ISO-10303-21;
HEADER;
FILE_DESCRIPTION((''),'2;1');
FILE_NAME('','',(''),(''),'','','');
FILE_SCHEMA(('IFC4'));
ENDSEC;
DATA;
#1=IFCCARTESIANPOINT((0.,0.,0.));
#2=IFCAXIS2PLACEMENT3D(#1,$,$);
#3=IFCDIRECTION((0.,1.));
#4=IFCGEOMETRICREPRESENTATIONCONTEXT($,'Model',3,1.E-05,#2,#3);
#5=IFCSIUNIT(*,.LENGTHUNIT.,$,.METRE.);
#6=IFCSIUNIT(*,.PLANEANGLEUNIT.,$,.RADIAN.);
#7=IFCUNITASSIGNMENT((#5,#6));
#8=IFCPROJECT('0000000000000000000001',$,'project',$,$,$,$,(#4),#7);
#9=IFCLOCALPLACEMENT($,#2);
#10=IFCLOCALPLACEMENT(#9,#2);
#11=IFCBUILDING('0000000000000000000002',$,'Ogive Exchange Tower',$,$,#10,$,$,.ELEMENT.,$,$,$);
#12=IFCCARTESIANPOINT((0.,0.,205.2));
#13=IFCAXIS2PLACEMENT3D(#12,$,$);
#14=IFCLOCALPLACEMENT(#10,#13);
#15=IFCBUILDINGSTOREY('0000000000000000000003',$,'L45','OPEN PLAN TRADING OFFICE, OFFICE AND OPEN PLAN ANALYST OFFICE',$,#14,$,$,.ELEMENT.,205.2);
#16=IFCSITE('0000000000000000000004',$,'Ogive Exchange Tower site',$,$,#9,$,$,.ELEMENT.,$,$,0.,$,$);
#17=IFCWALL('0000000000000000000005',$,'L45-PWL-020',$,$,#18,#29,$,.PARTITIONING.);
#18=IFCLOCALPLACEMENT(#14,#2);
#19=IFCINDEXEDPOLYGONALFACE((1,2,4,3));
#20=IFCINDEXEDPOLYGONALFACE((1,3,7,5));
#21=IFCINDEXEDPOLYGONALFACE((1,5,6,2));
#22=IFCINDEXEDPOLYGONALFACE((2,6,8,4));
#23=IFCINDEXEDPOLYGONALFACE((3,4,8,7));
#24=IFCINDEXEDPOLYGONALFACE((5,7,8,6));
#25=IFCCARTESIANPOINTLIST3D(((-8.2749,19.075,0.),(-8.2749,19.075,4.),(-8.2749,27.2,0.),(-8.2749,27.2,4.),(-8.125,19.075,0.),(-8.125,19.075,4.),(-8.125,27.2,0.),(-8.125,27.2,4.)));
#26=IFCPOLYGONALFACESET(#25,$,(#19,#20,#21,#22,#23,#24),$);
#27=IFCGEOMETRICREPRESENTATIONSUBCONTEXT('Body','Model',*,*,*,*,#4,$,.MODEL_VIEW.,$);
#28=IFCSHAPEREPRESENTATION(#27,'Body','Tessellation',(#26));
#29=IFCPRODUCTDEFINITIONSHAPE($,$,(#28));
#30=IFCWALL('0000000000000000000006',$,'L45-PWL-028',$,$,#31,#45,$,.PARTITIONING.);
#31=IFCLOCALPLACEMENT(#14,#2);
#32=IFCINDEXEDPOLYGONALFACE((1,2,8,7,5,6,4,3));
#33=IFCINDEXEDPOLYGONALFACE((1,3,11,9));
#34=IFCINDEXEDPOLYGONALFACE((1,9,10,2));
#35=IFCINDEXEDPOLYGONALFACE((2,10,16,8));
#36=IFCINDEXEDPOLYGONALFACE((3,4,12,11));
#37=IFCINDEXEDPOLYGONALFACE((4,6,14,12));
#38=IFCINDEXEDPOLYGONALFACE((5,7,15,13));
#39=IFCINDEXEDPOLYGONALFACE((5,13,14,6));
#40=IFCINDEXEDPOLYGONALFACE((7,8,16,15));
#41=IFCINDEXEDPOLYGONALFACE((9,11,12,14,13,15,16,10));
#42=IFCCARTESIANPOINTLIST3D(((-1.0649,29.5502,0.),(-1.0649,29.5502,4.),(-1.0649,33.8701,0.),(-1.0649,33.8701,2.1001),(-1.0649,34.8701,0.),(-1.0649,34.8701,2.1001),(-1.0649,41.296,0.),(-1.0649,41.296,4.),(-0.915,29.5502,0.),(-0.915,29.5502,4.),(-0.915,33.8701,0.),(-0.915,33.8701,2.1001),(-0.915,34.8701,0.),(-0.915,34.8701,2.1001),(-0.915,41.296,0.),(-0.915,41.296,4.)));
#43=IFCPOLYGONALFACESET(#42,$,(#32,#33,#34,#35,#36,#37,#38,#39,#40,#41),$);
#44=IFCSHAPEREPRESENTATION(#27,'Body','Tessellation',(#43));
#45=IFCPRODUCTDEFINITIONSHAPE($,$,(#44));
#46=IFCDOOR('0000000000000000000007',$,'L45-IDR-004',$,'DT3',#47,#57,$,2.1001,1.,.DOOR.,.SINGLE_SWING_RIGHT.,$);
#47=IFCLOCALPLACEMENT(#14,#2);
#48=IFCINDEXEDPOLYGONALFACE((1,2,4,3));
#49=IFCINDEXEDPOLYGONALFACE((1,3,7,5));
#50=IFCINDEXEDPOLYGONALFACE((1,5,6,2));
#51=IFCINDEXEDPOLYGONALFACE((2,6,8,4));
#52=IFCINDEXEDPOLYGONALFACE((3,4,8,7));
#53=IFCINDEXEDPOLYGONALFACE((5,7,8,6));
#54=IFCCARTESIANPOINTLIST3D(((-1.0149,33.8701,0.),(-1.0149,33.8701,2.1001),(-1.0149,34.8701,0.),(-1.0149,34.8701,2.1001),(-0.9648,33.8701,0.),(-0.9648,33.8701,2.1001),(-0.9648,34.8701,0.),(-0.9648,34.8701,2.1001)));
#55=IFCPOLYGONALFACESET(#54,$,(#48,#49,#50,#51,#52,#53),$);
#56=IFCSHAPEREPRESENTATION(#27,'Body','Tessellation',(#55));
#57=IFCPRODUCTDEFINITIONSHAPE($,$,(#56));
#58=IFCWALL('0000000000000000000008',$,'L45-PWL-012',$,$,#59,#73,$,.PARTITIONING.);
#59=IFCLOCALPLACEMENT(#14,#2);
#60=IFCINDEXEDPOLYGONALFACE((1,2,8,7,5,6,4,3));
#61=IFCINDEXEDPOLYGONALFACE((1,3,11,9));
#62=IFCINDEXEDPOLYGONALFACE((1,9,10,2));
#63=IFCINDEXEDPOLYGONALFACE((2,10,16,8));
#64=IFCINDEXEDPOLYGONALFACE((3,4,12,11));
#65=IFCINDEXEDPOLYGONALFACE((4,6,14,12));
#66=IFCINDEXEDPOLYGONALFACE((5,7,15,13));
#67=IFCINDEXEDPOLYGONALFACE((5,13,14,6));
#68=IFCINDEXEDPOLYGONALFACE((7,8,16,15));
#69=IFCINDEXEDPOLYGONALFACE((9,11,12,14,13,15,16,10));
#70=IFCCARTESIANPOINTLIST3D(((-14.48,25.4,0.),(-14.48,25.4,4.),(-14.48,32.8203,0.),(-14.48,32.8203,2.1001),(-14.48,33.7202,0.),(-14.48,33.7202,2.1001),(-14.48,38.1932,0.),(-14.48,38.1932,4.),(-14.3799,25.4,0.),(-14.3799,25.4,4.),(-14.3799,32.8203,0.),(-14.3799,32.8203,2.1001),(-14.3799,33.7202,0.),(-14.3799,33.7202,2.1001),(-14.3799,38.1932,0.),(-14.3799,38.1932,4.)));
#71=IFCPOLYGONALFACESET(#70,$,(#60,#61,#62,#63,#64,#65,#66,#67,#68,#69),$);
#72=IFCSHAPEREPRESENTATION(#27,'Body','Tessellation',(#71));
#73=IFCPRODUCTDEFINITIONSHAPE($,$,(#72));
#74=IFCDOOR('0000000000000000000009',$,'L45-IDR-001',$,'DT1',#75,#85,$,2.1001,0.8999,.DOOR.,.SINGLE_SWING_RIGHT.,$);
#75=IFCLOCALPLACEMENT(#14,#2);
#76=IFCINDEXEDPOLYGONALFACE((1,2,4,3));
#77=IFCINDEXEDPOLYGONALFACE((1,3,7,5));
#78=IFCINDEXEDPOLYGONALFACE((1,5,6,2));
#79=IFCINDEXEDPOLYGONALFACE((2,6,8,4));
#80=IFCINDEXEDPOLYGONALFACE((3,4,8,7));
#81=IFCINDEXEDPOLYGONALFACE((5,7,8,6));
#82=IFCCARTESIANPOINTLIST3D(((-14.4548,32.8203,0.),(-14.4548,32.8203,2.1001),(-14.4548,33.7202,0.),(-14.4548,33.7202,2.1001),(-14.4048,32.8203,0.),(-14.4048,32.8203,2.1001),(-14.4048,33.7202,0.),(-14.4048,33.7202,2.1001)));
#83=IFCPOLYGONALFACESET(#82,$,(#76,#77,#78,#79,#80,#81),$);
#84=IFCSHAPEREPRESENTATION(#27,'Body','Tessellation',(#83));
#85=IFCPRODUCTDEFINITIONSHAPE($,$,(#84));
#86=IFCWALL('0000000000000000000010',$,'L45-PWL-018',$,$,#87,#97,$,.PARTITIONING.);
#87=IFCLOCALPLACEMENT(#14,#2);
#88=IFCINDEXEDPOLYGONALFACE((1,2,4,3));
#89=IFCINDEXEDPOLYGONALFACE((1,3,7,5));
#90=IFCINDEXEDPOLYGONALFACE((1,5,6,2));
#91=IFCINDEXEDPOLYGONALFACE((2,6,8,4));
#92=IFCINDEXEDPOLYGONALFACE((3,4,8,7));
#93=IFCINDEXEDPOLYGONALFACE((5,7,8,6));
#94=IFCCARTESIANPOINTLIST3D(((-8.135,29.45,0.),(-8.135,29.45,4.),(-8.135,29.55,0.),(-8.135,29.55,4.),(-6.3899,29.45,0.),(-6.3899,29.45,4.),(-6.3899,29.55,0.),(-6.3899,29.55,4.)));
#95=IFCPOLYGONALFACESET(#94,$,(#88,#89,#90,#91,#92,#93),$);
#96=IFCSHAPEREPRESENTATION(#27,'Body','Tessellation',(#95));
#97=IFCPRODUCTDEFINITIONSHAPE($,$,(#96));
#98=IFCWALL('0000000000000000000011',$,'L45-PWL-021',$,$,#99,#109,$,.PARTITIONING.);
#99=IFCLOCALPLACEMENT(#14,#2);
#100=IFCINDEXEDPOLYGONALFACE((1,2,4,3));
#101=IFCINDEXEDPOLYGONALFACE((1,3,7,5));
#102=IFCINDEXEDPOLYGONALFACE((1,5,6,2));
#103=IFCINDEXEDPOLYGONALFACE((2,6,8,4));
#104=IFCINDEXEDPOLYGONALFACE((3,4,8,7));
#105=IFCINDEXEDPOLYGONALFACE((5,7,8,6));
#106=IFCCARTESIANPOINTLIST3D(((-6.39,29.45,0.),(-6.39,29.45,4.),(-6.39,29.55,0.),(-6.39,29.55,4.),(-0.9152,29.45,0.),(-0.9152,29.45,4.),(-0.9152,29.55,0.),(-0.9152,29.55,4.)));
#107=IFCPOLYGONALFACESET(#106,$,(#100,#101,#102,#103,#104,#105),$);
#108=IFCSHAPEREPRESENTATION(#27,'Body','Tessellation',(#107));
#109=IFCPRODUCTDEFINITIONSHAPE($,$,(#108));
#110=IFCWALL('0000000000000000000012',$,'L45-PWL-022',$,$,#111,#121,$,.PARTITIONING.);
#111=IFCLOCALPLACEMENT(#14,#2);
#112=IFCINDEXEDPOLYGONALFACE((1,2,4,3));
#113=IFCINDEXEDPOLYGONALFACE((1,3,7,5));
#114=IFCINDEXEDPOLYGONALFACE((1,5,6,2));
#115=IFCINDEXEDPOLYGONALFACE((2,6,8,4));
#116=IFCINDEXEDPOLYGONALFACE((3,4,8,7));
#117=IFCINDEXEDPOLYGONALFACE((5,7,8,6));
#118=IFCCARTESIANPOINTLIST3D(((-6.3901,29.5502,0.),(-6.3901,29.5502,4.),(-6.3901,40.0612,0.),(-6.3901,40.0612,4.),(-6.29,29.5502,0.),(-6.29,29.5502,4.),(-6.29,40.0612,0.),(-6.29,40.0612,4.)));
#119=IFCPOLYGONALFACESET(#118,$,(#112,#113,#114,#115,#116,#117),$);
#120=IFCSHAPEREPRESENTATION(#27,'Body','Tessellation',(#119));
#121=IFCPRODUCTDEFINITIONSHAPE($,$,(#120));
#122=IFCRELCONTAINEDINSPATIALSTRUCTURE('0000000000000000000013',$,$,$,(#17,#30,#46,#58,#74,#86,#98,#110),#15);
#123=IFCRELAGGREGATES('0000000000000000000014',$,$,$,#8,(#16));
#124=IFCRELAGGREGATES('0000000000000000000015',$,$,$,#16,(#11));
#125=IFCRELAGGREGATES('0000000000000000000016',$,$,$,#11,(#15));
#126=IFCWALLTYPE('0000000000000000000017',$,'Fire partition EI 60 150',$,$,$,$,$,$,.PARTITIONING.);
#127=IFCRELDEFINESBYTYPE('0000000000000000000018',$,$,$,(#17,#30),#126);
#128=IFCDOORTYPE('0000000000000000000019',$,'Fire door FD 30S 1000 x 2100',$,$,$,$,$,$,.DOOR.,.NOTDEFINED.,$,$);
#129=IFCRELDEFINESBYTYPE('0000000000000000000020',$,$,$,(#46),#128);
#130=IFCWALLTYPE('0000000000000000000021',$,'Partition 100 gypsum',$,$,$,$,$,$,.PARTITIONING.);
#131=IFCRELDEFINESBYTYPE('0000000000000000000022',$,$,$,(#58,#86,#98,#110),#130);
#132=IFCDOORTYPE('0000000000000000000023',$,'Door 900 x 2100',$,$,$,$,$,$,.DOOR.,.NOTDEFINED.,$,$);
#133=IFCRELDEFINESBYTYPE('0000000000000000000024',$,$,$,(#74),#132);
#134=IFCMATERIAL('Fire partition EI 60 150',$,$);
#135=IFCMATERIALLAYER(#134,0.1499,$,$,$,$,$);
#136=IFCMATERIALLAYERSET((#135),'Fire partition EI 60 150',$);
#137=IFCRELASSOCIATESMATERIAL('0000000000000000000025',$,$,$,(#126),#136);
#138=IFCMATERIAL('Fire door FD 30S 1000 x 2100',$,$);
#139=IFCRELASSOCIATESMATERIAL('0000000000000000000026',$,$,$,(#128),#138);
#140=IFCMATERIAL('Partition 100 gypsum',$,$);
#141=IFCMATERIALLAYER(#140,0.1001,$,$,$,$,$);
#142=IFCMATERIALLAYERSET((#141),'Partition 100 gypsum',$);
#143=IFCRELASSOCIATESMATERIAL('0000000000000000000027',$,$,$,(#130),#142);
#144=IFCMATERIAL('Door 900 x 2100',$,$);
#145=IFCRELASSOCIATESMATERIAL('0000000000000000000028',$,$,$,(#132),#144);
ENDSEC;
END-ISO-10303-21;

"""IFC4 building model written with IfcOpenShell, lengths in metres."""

from ifc_helpers import new_model, si_unit, direction, frame, frame_2d, origin, place, context, subcontext, project, spatial, rectangle, extrude, material, layer, layer_set, type_object, element, fill, save


model = new_model("IFC4")

# Units and contexts
model_context = context("Model", 3, precision=1e-05, world=origin(), true_north=direction((0.0, 1.0)))
body_context = subcontext(model_context, "Body", "Model", "MODEL_VIEW")
ifc_project = project(units=[si_unit("LENGTHUNIT", "METRE"), si_unit("PLANEANGLEUNIT", "RADIAN")], contexts=[model_context])

# Site, building, storey
site_placement = place(None, origin())
site = spatial("IfcSite", under=ifc_project, at=site_placement, Name="Ogive Exchange Tower site", CompositionType="ELEMENT", RefElevation=0.0)
building_placement = place(site_placement, origin())
building = spatial("IfcBuilding", under=site, at=building_placement, Name="Ogive Exchange Tower", CompositionType="ELEMENT")
storey_placement = place(building_placement, frame((0.0, 0.0, 205.2)))
storey = spatial("IfcBuildingStorey", under=building, at=storey_placement, Name="L45", Description="OPEN PLAN TRADING OFFICE, OFFICE AND OPEN PLAN ANALYST OFFICE", CompositionType="ELEMENT", Elevation=205.2)

# Shared definitions
ifc_material_1 = material(Name="Fire partition EI 60 150")
ifc_layer_1 = layer(ifc_material_1, 0.1499)
ifc_layer_set_1 = layer_set([ifc_layer_1], Name="Fire partition EI 60 150")
wall_type_1 = type_object("IfcWallType", Name="Fire partition EI 60 150", PredefinedType="PARTITIONING", material=ifc_layer_set_1)
ifc_material_2 = material(Name="Fire door FD 30S 1000 x 2100")
door_type_1 = type_object("IfcDoorType", Name="Fire door FD 30S 1000 x 2100", OperationType="NOTDEFINED", PredefinedType="DOOR", material=ifc_material_2)

# Wall
wall_1_placement = place(storey_placement, frame((-8.2, 27.2, 0.0), z_axis=(0.0, 0.0, 1.0), x_axis=(0.0, -1.0, 0.0)))
element("IfcWall", 1, at=wall_1_placement, inside=storey, type_object=wall_type_1, Name="L45-PWL-020", PredefinedType="PARTITIONING", context=body_context, shape_type="SweptSolid", body=[
    extrude(rectangle(XDim=8.125, YDim=0.1499, at=frame_2d((4.0625, 0.0))), origin(), (0.0, 0.0, 1.0), 4.0),
])

# Walls, openings, doors
wall_2_placement = place(storey_placement, frame((-0.99, 29.55, 0.0), z_axis=(0.0, 0.0, 1.0), x_axis=(0.0, 1.0, 0.0)))
wall_2 = element("IfcWall", 2, at=wall_2_placement, inside=storey, type_object=wall_type_1, Name="L45-PWL-028", PredefinedType="PARTITIONING", context=body_context, shape_type="SweptSolid", body=[
    extrude(rectangle(XDim=11.7458, YDim=0.1499, at=frame_2d((5.873, 0.0))), origin(), (0.0, 0.0, 1.0), 4.0),
])
opening_1_placement = place(wall_2_placement, frame((4.3201, 0.0, 0.0)))
opening_1 = element("IfcOpeningElement", 3, at=opening_1_placement, cuts=wall_2, PredefinedType="OPENING", context=body_context, shape_type="SweptSolid", body=[
    extrude(rectangle(XDim=1.0, YDim=2.1001, at=frame_2d((0.5, 1.05))), frame((0.0, 0.085, 0.0), z_axis=(0.0, -1.0, 0.0), x_axis=(1.0, 0.0, 0.0)), (0.0, 0.0, 1.0), 0.1699),
])
door_1_placement = place(opening_1_placement, origin())
door_1 = element("IfcDoor", 4, at=door_1_placement, inside=storey, type_object=door_type_1, Name="L45-IDR-004", ObjectType="DT3", OperationType="SINGLE_SWING_RIGHT", OverallHeight=2.1001, OverallWidth=1.0, PredefinedType="DOOR", context=body_context, shape_type="SweptSolid", body=[
    extrude(rectangle(XDim=1.0, YDim=2.1001, at=frame_2d((0.5, 1.05))), frame((0.0, 0.0249, 0.0), z_axis=(0.0, -1.0, 0.0), x_axis=(1.0, 0.0, 0.0)), (0.0, 0.0, 1.0), 0.05),
])
fill(opening_1, door_1)
ifc_material_3 = material(Name="Partition 100 gypsum")
ifc_layer_2 = layer(ifc_material_3, 0.1001)
ifc_layer_set_2 = layer_set([ifc_layer_2], Name="Partition 100 gypsum")
wall_type_2 = type_object("IfcWallType", Name="Partition 100 gypsum", PredefinedType="PARTITIONING", material=ifc_layer_set_2)
wall_3_placement = place(storey_placement, frame((-14.4299, 38.1931, 0.0), z_axis=(0.0, 0.0, 1.0), x_axis=(0.0, -1.0, 0.0)))
wall_3 = element("IfcWall", 5, at=wall_3_placement, inside=storey, type_object=wall_type_2, Name="L45-PWL-012", PredefinedType="PARTITIONING", context=body_context, shape_type="SweptSolid", body=[
    extrude(rectangle(XDim=12.7932, YDim=0.1001, at=frame_2d((6.3965, 0.0))), origin(), (0.0, 0.0, 1.0), 4.0),
])
opening_2_placement = place(wall_3_placement, frame((4.4729, 0.0, 0.0)))
opening_2 = element("IfcOpeningElement", 6, at=opening_2_placement, cuts=wall_3, PredefinedType="OPENING", context=body_context, shape_type="SweptSolid", body=[
    extrude(rectangle(XDim=0.8999, YDim=2.1001, at=frame_2d((0.45, 1.05))), frame((0.0, 0.0601, 0.0), z_axis=(0.0, -1.0, 0.0), x_axis=(1.0, 0.0, 0.0)), (0.0, 0.0, 1.0), 0.1201),
])
ifc_material_4 = material(Name="Door 900 x 2100")
door_type_2 = type_object("IfcDoorType", Name="Door 900 x 2100", OperationType="NOTDEFINED", PredefinedType="DOOR", material=ifc_material_4)
door_2_placement = place(opening_2_placement, frame((0.8999, 0.0, 0.0), z_axis=(0.0, 0.0, 1.0), x_axis=(-1.0, 0.0, 0.0)))
door_2 = element("IfcDoor", 7, at=door_2_placement, inside=storey, type_object=door_type_2, Name="L45-IDR-001", ObjectType="DT1", OperationType="SINGLE_SWING_RIGHT", OverallHeight=2.1001, OverallWidth=0.8999, PredefinedType="DOOR", context=body_context, shape_type="SweptSolid", body=[
    extrude(rectangle(XDim=0.8999, YDim=2.1001, at=frame_2d((0.45, 1.05))), frame((0.0, 0.0249, 0.0), z_axis=(0.0, -1.0, 0.0), x_axis=(1.0, 0.0, 0.0)), (0.0, 0.0, 1.0), 0.05),
])
fill(opening_2, door_2)

# Walls
wall_4_placement = place(storey_placement, frame((-8.135, 29.5, 0.0), z_axis=(0.0, 0.0, 1.0), x_axis=(1.0, 0.0, 0.0)))
element("IfcWall", 8, at=wall_4_placement, inside=storey, type_object=wall_type_2, Name="L45-PWL-018", PredefinedType="PARTITIONING", context=body_context, shape_type="SweptSolid", body=[
    extrude(rectangle(XDim=1.7451, YDim=0.1001, at=frame_2d((0.8726, 0.0))), origin(), (0.0, 0.0, 1.0), 4.0),
])
wall_5_placement = place(storey_placement, frame((-6.3899, 29.5, 0.0), z_axis=(0.0, 0.0, 1.0), x_axis=(1.0, 0.0, 0.0)))
element("IfcWall", 9, at=wall_5_placement, inside=storey, type_object=wall_type_2, Name="L45-PWL-021", PredefinedType="PARTITIONING", context=body_context, shape_type="SweptSolid", body=[
    extrude(rectangle(XDim=5.4749, YDim=0.1001, at=frame_2d((2.7373, 0.0))), origin(), (0.0, 0.0, 1.0), 4.0),
])
wall_6_placement = place(storey_placement, frame((-6.3401, 40.061, 0.0), z_axis=(0.0, 0.0, 1.0), x_axis=(0.0, -1.0, 0.0)))
element("IfcWall", 10, at=wall_6_placement, inside=storey, type_object=wall_type_2, Name="L45-PWL-022", PredefinedType="PARTITIONING", context=body_context, shape_type="SweptSolid", body=[
    extrude(rectangle(XDim=10.511, YDim=0.1001, at=frame_2d((5.2554, 0.0))), origin(), (0.0, 0.0, 1.0), 4.0),
])

save(model, "model.ifc")
